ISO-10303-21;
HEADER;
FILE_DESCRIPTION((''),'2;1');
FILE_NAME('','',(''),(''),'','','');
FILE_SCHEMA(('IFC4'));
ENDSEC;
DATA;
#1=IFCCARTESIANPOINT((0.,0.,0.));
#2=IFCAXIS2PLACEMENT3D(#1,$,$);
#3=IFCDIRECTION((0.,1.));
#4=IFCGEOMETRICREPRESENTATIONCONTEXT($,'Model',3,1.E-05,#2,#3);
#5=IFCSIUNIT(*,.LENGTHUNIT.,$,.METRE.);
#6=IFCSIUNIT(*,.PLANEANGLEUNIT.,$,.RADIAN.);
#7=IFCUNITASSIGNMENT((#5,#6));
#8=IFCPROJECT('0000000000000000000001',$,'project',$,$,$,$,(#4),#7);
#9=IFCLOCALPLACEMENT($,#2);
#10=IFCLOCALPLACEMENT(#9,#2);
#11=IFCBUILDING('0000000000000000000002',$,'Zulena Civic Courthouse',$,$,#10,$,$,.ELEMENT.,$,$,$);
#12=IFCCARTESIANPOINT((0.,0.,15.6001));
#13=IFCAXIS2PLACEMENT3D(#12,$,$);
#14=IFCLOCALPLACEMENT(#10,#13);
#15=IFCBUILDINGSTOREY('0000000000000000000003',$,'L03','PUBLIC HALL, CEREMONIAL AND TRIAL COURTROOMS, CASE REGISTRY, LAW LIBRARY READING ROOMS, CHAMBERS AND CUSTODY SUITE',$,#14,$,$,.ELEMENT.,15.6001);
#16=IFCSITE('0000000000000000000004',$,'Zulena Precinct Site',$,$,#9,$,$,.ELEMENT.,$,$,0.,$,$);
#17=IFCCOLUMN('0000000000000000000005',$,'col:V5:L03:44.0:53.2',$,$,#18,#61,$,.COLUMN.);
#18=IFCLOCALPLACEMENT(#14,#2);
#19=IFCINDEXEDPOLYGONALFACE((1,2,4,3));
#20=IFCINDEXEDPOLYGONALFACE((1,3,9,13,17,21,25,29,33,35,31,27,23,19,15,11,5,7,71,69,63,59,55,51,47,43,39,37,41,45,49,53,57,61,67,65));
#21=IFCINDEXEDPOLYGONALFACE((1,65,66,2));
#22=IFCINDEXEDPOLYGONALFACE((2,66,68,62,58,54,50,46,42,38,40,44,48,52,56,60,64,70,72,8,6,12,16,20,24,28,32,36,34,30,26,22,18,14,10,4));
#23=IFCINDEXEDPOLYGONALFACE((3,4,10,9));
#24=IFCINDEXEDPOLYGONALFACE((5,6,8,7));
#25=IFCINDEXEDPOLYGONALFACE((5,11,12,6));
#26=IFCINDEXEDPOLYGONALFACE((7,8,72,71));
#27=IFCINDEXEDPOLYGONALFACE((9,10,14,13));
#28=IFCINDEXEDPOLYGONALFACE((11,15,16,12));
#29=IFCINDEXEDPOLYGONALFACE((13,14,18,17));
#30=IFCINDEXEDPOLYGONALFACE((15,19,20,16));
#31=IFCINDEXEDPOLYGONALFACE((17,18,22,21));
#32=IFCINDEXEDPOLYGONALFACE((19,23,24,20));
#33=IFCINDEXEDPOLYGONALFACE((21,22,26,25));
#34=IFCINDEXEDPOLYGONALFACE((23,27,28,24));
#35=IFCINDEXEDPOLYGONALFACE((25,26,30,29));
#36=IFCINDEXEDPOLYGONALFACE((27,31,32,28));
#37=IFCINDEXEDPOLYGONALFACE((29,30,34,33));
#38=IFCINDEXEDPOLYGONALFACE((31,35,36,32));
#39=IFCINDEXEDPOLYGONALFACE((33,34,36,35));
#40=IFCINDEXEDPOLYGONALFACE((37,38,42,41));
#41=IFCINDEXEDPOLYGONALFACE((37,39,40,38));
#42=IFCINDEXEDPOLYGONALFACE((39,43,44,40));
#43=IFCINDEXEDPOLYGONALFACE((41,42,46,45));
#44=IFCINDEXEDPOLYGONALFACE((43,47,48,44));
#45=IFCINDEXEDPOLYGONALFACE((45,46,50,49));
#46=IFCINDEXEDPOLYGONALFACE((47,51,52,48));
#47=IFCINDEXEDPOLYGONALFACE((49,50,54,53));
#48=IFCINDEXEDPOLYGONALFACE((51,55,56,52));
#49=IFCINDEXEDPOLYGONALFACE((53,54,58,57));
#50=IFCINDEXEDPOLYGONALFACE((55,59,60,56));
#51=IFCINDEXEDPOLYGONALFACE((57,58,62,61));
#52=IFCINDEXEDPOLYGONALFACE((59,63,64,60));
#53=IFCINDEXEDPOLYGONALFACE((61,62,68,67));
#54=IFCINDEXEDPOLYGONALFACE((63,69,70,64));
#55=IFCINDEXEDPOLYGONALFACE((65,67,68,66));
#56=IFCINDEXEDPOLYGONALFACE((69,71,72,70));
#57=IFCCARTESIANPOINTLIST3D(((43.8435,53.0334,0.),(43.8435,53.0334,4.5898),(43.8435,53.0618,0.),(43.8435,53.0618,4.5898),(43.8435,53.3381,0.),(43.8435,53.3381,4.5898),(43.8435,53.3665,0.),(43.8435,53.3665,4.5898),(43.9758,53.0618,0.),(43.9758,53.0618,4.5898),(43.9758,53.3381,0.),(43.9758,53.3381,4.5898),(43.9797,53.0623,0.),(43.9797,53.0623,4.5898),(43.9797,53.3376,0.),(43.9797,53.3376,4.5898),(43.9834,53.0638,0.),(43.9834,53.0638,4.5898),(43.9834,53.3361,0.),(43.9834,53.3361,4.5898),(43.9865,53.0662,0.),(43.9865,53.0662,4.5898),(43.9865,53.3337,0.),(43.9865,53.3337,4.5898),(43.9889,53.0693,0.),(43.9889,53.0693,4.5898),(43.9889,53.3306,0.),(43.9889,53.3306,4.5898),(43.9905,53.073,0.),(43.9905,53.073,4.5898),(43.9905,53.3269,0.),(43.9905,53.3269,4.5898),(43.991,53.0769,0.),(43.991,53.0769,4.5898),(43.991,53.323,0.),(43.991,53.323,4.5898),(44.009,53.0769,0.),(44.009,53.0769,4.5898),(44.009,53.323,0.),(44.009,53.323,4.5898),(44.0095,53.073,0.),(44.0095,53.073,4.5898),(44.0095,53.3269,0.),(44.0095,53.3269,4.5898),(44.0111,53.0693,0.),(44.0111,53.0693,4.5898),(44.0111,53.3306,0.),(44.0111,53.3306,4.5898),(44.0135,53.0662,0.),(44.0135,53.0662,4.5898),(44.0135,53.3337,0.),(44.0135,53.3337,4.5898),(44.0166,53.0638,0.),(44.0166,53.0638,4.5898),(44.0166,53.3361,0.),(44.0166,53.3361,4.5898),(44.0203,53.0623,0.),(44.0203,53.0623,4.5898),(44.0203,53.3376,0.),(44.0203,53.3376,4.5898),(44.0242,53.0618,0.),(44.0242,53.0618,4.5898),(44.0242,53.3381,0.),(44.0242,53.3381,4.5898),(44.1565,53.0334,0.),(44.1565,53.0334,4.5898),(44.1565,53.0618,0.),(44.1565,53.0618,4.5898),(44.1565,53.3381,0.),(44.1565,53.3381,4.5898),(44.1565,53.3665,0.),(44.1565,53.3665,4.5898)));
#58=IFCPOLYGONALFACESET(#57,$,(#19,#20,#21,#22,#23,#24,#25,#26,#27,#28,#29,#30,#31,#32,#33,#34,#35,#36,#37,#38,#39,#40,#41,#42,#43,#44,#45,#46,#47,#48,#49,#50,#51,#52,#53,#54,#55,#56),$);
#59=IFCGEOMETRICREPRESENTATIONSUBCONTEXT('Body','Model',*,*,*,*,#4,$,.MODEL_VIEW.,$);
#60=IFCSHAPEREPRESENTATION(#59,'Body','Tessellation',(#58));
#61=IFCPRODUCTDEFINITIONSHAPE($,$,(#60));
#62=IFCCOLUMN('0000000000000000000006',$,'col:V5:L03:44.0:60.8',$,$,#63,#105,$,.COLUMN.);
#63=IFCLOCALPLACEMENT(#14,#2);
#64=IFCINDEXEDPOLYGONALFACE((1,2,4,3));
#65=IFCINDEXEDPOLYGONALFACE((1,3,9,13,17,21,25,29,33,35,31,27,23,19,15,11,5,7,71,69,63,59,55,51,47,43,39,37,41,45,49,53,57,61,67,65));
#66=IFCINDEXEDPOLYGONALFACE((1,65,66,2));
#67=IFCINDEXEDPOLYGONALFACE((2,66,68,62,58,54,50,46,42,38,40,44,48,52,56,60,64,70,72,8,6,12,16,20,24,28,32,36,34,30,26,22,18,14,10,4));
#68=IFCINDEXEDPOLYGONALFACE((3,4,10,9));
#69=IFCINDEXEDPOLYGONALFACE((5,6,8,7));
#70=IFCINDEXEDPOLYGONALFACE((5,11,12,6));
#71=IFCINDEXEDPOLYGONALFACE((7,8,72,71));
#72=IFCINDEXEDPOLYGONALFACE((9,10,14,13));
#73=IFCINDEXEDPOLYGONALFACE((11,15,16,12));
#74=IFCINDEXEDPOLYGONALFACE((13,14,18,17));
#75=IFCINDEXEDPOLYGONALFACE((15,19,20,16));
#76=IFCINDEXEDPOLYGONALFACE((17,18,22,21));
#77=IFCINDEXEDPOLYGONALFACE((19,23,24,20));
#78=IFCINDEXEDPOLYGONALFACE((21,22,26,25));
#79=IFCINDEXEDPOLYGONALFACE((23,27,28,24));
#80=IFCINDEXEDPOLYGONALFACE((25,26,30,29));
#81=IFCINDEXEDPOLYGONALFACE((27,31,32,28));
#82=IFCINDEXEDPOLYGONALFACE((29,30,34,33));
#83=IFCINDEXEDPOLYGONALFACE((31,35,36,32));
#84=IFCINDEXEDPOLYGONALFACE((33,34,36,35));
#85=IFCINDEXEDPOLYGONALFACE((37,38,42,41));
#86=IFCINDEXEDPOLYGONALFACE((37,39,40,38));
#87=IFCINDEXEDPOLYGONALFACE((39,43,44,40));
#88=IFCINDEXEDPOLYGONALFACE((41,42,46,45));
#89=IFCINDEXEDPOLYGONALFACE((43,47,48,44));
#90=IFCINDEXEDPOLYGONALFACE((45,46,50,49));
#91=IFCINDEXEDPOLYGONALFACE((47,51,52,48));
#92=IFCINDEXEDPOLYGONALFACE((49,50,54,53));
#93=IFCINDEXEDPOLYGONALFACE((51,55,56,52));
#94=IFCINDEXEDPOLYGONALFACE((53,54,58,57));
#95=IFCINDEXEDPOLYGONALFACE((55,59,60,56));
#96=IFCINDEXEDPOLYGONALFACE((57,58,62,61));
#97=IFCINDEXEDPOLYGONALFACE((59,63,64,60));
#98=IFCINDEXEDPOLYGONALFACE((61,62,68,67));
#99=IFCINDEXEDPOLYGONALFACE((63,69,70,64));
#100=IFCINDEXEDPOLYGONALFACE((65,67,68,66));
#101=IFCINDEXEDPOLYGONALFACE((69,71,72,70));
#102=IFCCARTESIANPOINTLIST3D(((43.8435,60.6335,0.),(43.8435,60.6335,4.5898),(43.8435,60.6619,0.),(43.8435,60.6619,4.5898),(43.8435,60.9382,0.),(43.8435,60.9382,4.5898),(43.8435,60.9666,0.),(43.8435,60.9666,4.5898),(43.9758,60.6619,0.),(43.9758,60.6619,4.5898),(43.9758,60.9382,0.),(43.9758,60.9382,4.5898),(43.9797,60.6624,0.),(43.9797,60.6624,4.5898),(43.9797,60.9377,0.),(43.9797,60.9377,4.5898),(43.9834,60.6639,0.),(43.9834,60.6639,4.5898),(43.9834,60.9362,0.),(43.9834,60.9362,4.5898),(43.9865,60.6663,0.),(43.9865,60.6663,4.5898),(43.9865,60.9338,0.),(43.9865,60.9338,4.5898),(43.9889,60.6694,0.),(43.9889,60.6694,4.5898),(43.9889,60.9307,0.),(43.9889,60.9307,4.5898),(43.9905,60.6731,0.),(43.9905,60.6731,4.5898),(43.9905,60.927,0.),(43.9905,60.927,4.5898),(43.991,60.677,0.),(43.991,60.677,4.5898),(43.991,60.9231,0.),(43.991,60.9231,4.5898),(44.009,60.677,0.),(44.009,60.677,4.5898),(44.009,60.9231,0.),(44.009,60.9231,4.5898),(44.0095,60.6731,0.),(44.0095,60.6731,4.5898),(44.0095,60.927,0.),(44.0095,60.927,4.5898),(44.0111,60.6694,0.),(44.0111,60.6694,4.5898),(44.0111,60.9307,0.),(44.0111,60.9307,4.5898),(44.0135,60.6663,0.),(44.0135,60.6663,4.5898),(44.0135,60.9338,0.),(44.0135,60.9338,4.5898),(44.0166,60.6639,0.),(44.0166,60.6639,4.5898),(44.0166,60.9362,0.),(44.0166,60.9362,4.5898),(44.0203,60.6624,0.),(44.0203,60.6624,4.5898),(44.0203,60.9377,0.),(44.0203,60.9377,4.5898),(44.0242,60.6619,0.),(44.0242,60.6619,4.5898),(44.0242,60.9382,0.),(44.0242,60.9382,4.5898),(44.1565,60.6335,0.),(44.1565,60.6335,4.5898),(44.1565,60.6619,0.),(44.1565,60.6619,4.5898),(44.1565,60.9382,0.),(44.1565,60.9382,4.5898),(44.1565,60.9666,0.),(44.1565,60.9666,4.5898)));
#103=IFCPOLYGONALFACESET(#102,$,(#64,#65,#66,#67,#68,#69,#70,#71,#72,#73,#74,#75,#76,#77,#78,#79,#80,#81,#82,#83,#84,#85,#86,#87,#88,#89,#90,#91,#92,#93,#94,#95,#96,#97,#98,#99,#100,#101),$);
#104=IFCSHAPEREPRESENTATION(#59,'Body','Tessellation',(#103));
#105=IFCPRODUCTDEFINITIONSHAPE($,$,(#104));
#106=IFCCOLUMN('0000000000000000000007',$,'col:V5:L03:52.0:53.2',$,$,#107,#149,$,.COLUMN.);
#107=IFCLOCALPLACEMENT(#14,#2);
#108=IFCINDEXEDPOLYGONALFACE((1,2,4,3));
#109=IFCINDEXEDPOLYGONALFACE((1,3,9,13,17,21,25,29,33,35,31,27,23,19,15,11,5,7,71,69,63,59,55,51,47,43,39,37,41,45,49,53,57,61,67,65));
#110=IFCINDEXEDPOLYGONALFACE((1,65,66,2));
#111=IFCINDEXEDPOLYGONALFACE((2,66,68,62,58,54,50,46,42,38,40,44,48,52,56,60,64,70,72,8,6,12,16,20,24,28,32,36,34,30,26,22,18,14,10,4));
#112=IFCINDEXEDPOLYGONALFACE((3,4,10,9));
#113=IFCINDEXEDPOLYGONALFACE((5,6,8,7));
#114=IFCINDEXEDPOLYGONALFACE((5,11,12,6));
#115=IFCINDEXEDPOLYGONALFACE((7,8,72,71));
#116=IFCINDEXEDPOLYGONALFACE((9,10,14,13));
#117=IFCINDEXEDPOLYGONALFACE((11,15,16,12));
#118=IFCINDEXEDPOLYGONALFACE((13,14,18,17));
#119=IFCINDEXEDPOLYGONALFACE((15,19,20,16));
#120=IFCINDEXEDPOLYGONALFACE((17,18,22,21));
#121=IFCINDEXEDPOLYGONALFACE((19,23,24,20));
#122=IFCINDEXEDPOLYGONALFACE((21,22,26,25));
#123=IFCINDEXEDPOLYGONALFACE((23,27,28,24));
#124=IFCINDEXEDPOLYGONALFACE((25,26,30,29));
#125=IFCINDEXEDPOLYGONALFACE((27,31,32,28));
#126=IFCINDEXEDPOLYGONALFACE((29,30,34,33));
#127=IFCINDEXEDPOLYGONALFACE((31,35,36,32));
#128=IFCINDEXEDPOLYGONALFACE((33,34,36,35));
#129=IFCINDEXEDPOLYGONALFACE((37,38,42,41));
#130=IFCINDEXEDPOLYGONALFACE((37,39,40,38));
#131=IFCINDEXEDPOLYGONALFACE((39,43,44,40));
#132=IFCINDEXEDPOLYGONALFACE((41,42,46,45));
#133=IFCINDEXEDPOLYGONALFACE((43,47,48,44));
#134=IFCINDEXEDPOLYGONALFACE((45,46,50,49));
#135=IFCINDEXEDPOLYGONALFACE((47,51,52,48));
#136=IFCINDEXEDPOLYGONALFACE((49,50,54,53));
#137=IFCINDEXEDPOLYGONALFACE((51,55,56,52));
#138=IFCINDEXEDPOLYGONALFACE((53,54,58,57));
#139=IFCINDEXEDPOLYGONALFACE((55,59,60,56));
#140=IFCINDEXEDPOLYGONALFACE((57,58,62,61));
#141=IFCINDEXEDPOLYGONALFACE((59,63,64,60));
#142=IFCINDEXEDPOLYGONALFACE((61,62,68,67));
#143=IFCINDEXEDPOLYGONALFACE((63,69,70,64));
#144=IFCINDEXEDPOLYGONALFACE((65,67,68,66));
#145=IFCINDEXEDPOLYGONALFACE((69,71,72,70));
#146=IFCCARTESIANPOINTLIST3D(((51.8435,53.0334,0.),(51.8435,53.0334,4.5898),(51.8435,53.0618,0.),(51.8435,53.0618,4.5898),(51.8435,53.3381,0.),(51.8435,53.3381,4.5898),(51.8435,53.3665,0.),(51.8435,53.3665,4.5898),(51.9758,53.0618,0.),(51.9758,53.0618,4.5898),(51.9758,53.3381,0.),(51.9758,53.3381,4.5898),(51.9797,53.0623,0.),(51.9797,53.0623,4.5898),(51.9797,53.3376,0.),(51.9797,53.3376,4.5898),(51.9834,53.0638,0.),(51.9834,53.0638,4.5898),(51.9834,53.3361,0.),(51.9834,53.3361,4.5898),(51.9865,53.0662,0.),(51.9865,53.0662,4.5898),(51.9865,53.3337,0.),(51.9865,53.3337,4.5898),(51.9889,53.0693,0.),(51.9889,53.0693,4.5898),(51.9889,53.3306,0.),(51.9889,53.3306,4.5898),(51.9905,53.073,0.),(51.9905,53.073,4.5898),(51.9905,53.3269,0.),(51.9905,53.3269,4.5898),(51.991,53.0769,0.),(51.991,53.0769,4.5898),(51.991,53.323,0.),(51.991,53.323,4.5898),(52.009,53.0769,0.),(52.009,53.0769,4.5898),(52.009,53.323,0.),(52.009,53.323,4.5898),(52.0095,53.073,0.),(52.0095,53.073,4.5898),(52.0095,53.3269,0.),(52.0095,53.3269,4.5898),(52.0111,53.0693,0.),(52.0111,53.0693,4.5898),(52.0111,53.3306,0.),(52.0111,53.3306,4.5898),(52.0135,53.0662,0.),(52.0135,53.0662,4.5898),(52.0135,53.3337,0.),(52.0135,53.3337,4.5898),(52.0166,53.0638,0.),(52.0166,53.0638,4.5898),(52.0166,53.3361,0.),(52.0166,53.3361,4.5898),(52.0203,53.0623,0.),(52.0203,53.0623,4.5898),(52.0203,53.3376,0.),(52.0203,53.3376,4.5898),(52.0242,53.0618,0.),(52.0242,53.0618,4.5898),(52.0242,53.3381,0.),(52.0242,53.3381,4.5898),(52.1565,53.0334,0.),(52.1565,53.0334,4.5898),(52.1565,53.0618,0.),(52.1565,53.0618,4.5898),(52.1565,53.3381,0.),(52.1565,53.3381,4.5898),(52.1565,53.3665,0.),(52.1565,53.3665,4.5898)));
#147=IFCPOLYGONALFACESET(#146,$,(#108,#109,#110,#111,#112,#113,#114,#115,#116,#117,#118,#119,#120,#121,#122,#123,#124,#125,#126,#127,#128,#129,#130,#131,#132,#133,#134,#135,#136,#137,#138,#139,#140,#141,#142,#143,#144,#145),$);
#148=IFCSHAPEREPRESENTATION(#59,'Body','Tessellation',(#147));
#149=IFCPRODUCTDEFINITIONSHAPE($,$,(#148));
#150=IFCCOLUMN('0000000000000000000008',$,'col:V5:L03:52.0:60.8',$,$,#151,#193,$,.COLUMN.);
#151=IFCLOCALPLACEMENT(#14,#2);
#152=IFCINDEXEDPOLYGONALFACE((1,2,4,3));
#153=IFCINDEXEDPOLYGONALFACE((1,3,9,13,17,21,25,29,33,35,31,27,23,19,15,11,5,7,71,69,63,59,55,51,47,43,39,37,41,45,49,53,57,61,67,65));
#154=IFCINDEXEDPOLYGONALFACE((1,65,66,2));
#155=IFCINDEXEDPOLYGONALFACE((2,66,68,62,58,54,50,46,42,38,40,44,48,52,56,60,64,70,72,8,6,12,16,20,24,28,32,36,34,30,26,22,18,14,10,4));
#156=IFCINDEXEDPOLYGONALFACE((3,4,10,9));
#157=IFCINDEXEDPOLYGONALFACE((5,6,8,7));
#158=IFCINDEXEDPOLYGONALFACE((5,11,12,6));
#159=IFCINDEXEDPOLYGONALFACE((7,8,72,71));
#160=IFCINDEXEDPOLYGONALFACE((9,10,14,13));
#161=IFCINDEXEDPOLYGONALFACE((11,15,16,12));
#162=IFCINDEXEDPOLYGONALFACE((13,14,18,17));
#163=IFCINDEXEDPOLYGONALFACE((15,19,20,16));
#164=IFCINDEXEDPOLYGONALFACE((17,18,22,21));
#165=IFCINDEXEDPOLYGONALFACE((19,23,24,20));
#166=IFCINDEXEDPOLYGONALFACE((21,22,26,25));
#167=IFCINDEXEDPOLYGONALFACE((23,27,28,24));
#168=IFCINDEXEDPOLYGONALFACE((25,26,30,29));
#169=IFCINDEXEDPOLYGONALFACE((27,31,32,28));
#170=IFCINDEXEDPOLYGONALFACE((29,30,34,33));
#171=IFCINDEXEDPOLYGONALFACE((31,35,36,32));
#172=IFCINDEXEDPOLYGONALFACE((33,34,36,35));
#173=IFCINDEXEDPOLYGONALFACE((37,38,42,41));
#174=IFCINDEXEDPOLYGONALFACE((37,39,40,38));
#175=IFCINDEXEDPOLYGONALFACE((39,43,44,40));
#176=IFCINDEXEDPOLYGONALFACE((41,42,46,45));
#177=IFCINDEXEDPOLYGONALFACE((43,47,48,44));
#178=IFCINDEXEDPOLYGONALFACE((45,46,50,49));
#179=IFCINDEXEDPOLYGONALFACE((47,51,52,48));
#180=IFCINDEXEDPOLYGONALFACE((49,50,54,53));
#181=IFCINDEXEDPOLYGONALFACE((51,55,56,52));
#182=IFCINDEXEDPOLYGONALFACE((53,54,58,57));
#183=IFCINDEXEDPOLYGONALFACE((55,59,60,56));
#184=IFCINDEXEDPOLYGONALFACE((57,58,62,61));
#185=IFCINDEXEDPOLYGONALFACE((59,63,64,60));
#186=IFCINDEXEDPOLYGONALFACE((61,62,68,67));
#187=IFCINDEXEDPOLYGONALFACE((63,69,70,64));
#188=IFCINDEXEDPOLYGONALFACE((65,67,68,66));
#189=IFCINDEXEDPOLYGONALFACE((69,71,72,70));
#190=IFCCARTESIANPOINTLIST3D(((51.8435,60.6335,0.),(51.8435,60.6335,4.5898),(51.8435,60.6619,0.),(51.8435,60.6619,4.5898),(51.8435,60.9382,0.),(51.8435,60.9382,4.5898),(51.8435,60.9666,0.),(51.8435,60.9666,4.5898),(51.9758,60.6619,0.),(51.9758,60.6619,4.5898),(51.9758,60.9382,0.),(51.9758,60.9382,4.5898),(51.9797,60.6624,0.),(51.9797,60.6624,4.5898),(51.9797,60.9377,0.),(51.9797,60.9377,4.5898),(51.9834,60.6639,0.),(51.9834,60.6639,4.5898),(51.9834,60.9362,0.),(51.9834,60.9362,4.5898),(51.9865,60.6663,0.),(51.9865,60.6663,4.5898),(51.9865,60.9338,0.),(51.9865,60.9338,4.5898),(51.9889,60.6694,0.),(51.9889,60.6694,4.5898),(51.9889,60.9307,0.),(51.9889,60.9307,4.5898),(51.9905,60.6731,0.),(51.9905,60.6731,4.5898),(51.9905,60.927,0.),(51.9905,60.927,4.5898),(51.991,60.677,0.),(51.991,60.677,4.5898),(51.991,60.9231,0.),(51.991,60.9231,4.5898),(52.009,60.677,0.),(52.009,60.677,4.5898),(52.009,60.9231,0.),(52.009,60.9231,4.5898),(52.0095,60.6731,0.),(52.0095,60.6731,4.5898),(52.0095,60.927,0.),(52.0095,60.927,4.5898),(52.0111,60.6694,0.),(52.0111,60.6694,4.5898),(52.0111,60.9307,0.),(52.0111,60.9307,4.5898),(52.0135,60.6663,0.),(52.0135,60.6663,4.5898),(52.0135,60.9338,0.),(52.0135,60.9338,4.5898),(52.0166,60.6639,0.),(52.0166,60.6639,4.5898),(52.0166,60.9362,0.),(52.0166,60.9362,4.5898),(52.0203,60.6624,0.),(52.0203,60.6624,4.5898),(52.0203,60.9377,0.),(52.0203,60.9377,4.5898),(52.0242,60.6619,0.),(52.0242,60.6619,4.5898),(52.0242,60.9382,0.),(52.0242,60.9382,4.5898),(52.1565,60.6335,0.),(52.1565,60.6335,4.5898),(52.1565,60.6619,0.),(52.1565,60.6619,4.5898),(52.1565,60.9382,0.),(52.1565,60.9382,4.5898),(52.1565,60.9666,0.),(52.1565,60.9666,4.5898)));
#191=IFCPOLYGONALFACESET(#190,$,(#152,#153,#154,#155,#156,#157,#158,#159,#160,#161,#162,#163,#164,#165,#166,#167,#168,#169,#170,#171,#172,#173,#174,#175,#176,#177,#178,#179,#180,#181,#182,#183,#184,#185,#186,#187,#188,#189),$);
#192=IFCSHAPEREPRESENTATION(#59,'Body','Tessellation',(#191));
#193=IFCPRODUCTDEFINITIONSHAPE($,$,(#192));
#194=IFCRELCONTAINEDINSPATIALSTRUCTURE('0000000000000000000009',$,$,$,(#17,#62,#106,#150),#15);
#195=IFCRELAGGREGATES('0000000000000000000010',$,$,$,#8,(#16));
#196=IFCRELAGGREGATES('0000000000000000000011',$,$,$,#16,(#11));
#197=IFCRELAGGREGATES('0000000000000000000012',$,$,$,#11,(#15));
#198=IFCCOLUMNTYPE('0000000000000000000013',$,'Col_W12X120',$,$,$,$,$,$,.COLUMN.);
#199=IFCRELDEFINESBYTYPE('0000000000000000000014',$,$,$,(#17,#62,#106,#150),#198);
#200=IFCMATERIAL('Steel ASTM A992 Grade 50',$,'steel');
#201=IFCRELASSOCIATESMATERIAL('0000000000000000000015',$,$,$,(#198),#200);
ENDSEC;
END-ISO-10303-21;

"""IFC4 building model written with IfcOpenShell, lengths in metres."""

from ifc_helpers import new_model, si_unit, direction, frame, origin, origin_2d, place, context, subcontext, project, spatial, i_section, extrude, material, material_profile, profile_set, type_object, element, save


model = new_model("IFC4")

# Units and contexts
model_context = context("Model", 3, precision=1e-05, world=origin(), true_north=direction((0.0, 1.0)))
body_context = subcontext(model_context, "Body", "Model", "MODEL_VIEW")
ifc_project = project(units=[si_unit("LENGTHUNIT", "METRE"), si_unit("PLANEANGLEUNIT", "RADIAN")], contexts=[model_context])

# Site, building, storey
site_placement = place(None, origin())
site = spatial("IfcSite", under=ifc_project, at=site_placement, Name="Zulena Precinct Site", CompositionType="ELEMENT", RefElevation=0.0)
building_placement = place(site_placement, origin())
building = spatial("IfcBuilding", under=site, at=building_placement, Name="Zulena Civic Courthouse", CompositionType="ELEMENT")
storey_placement = place(building_placement, frame((0.0, 0.0, 15.6001)))
storey = spatial("IfcBuildingStorey", under=building, at=storey_placement, Name="L03", Description="PUBLIC HALL, CEREMONIAL AND TRIAL COURTROOMS, CASE REGISTRY, LAW LIBRARY READING ROOMS, CHAMBERS AND CUSTODY SUITE", CompositionType="ELEMENT", Elevation=15.6001)

# Columns
ifc_material_1 = material(Name="Steel ASTM A992 Grade 50", Category="steel")
ifc_material_profile_1 = material_profile(ifc_material_1, i_section(OverallWidth=0.313, OverallDepth=0.333, WebThickness=0.0181, FlangeThickness=0.0283, FilletRadius=0.0151, at=origin_2d()), Name="W12X120")
ifc_profile_set_1 = profile_set([ifc_material_profile_1], Name="Steel ASTM A992 Grade 50")
column_type_1 = type_object("IfcColumnType", Name="Col_W12X120", PredefinedType="COLUMN", material=ifc_profile_set_1)
for number, where, z_axis, x_axis, name in (
    (1, (44.0, 53.2, 0.0), (0.0, 0.0, 1.0), (1.0, 0.0, 0.0), "col:V5:L03:44.0:53.2"),
    (2, (44.0, 60.8, 0.0), (0.0, 0.0, 1.0), (1.0, 0.0, 0.0), "col:V5:L03:44.0:60.8"),
    (3, (52.0, 53.2, 0.0), (0.0, 0.0, 1.0), (1.0, 0.0, 0.0), "col:V5:L03:52.0:53.2"),
    (4, (52.0, 60.8, 0.0), (0.0, 0.0, 1.0), (1.0, 0.0, 0.0), "col:V5:L03:52.0:60.8"),
):
    element("IfcColumn", number, at=place(storey_placement, frame(where, z_axis=z_axis, x_axis=x_axis)), inside=storey, type_object=column_type_1, Name=name, PredefinedType="COLUMN", context=body_context, shape_type="SweptSolid", body=[
        extrude(i_section(OverallWidth=0.313, OverallDepth=0.333, WebThickness=0.0181, FlangeThickness=0.0283, FilletRadius=0.0151, at=origin_2d()), origin(), (0.0, 0.0, 1.0), 4.5898),
    ])

save(model, "model.ifc")
